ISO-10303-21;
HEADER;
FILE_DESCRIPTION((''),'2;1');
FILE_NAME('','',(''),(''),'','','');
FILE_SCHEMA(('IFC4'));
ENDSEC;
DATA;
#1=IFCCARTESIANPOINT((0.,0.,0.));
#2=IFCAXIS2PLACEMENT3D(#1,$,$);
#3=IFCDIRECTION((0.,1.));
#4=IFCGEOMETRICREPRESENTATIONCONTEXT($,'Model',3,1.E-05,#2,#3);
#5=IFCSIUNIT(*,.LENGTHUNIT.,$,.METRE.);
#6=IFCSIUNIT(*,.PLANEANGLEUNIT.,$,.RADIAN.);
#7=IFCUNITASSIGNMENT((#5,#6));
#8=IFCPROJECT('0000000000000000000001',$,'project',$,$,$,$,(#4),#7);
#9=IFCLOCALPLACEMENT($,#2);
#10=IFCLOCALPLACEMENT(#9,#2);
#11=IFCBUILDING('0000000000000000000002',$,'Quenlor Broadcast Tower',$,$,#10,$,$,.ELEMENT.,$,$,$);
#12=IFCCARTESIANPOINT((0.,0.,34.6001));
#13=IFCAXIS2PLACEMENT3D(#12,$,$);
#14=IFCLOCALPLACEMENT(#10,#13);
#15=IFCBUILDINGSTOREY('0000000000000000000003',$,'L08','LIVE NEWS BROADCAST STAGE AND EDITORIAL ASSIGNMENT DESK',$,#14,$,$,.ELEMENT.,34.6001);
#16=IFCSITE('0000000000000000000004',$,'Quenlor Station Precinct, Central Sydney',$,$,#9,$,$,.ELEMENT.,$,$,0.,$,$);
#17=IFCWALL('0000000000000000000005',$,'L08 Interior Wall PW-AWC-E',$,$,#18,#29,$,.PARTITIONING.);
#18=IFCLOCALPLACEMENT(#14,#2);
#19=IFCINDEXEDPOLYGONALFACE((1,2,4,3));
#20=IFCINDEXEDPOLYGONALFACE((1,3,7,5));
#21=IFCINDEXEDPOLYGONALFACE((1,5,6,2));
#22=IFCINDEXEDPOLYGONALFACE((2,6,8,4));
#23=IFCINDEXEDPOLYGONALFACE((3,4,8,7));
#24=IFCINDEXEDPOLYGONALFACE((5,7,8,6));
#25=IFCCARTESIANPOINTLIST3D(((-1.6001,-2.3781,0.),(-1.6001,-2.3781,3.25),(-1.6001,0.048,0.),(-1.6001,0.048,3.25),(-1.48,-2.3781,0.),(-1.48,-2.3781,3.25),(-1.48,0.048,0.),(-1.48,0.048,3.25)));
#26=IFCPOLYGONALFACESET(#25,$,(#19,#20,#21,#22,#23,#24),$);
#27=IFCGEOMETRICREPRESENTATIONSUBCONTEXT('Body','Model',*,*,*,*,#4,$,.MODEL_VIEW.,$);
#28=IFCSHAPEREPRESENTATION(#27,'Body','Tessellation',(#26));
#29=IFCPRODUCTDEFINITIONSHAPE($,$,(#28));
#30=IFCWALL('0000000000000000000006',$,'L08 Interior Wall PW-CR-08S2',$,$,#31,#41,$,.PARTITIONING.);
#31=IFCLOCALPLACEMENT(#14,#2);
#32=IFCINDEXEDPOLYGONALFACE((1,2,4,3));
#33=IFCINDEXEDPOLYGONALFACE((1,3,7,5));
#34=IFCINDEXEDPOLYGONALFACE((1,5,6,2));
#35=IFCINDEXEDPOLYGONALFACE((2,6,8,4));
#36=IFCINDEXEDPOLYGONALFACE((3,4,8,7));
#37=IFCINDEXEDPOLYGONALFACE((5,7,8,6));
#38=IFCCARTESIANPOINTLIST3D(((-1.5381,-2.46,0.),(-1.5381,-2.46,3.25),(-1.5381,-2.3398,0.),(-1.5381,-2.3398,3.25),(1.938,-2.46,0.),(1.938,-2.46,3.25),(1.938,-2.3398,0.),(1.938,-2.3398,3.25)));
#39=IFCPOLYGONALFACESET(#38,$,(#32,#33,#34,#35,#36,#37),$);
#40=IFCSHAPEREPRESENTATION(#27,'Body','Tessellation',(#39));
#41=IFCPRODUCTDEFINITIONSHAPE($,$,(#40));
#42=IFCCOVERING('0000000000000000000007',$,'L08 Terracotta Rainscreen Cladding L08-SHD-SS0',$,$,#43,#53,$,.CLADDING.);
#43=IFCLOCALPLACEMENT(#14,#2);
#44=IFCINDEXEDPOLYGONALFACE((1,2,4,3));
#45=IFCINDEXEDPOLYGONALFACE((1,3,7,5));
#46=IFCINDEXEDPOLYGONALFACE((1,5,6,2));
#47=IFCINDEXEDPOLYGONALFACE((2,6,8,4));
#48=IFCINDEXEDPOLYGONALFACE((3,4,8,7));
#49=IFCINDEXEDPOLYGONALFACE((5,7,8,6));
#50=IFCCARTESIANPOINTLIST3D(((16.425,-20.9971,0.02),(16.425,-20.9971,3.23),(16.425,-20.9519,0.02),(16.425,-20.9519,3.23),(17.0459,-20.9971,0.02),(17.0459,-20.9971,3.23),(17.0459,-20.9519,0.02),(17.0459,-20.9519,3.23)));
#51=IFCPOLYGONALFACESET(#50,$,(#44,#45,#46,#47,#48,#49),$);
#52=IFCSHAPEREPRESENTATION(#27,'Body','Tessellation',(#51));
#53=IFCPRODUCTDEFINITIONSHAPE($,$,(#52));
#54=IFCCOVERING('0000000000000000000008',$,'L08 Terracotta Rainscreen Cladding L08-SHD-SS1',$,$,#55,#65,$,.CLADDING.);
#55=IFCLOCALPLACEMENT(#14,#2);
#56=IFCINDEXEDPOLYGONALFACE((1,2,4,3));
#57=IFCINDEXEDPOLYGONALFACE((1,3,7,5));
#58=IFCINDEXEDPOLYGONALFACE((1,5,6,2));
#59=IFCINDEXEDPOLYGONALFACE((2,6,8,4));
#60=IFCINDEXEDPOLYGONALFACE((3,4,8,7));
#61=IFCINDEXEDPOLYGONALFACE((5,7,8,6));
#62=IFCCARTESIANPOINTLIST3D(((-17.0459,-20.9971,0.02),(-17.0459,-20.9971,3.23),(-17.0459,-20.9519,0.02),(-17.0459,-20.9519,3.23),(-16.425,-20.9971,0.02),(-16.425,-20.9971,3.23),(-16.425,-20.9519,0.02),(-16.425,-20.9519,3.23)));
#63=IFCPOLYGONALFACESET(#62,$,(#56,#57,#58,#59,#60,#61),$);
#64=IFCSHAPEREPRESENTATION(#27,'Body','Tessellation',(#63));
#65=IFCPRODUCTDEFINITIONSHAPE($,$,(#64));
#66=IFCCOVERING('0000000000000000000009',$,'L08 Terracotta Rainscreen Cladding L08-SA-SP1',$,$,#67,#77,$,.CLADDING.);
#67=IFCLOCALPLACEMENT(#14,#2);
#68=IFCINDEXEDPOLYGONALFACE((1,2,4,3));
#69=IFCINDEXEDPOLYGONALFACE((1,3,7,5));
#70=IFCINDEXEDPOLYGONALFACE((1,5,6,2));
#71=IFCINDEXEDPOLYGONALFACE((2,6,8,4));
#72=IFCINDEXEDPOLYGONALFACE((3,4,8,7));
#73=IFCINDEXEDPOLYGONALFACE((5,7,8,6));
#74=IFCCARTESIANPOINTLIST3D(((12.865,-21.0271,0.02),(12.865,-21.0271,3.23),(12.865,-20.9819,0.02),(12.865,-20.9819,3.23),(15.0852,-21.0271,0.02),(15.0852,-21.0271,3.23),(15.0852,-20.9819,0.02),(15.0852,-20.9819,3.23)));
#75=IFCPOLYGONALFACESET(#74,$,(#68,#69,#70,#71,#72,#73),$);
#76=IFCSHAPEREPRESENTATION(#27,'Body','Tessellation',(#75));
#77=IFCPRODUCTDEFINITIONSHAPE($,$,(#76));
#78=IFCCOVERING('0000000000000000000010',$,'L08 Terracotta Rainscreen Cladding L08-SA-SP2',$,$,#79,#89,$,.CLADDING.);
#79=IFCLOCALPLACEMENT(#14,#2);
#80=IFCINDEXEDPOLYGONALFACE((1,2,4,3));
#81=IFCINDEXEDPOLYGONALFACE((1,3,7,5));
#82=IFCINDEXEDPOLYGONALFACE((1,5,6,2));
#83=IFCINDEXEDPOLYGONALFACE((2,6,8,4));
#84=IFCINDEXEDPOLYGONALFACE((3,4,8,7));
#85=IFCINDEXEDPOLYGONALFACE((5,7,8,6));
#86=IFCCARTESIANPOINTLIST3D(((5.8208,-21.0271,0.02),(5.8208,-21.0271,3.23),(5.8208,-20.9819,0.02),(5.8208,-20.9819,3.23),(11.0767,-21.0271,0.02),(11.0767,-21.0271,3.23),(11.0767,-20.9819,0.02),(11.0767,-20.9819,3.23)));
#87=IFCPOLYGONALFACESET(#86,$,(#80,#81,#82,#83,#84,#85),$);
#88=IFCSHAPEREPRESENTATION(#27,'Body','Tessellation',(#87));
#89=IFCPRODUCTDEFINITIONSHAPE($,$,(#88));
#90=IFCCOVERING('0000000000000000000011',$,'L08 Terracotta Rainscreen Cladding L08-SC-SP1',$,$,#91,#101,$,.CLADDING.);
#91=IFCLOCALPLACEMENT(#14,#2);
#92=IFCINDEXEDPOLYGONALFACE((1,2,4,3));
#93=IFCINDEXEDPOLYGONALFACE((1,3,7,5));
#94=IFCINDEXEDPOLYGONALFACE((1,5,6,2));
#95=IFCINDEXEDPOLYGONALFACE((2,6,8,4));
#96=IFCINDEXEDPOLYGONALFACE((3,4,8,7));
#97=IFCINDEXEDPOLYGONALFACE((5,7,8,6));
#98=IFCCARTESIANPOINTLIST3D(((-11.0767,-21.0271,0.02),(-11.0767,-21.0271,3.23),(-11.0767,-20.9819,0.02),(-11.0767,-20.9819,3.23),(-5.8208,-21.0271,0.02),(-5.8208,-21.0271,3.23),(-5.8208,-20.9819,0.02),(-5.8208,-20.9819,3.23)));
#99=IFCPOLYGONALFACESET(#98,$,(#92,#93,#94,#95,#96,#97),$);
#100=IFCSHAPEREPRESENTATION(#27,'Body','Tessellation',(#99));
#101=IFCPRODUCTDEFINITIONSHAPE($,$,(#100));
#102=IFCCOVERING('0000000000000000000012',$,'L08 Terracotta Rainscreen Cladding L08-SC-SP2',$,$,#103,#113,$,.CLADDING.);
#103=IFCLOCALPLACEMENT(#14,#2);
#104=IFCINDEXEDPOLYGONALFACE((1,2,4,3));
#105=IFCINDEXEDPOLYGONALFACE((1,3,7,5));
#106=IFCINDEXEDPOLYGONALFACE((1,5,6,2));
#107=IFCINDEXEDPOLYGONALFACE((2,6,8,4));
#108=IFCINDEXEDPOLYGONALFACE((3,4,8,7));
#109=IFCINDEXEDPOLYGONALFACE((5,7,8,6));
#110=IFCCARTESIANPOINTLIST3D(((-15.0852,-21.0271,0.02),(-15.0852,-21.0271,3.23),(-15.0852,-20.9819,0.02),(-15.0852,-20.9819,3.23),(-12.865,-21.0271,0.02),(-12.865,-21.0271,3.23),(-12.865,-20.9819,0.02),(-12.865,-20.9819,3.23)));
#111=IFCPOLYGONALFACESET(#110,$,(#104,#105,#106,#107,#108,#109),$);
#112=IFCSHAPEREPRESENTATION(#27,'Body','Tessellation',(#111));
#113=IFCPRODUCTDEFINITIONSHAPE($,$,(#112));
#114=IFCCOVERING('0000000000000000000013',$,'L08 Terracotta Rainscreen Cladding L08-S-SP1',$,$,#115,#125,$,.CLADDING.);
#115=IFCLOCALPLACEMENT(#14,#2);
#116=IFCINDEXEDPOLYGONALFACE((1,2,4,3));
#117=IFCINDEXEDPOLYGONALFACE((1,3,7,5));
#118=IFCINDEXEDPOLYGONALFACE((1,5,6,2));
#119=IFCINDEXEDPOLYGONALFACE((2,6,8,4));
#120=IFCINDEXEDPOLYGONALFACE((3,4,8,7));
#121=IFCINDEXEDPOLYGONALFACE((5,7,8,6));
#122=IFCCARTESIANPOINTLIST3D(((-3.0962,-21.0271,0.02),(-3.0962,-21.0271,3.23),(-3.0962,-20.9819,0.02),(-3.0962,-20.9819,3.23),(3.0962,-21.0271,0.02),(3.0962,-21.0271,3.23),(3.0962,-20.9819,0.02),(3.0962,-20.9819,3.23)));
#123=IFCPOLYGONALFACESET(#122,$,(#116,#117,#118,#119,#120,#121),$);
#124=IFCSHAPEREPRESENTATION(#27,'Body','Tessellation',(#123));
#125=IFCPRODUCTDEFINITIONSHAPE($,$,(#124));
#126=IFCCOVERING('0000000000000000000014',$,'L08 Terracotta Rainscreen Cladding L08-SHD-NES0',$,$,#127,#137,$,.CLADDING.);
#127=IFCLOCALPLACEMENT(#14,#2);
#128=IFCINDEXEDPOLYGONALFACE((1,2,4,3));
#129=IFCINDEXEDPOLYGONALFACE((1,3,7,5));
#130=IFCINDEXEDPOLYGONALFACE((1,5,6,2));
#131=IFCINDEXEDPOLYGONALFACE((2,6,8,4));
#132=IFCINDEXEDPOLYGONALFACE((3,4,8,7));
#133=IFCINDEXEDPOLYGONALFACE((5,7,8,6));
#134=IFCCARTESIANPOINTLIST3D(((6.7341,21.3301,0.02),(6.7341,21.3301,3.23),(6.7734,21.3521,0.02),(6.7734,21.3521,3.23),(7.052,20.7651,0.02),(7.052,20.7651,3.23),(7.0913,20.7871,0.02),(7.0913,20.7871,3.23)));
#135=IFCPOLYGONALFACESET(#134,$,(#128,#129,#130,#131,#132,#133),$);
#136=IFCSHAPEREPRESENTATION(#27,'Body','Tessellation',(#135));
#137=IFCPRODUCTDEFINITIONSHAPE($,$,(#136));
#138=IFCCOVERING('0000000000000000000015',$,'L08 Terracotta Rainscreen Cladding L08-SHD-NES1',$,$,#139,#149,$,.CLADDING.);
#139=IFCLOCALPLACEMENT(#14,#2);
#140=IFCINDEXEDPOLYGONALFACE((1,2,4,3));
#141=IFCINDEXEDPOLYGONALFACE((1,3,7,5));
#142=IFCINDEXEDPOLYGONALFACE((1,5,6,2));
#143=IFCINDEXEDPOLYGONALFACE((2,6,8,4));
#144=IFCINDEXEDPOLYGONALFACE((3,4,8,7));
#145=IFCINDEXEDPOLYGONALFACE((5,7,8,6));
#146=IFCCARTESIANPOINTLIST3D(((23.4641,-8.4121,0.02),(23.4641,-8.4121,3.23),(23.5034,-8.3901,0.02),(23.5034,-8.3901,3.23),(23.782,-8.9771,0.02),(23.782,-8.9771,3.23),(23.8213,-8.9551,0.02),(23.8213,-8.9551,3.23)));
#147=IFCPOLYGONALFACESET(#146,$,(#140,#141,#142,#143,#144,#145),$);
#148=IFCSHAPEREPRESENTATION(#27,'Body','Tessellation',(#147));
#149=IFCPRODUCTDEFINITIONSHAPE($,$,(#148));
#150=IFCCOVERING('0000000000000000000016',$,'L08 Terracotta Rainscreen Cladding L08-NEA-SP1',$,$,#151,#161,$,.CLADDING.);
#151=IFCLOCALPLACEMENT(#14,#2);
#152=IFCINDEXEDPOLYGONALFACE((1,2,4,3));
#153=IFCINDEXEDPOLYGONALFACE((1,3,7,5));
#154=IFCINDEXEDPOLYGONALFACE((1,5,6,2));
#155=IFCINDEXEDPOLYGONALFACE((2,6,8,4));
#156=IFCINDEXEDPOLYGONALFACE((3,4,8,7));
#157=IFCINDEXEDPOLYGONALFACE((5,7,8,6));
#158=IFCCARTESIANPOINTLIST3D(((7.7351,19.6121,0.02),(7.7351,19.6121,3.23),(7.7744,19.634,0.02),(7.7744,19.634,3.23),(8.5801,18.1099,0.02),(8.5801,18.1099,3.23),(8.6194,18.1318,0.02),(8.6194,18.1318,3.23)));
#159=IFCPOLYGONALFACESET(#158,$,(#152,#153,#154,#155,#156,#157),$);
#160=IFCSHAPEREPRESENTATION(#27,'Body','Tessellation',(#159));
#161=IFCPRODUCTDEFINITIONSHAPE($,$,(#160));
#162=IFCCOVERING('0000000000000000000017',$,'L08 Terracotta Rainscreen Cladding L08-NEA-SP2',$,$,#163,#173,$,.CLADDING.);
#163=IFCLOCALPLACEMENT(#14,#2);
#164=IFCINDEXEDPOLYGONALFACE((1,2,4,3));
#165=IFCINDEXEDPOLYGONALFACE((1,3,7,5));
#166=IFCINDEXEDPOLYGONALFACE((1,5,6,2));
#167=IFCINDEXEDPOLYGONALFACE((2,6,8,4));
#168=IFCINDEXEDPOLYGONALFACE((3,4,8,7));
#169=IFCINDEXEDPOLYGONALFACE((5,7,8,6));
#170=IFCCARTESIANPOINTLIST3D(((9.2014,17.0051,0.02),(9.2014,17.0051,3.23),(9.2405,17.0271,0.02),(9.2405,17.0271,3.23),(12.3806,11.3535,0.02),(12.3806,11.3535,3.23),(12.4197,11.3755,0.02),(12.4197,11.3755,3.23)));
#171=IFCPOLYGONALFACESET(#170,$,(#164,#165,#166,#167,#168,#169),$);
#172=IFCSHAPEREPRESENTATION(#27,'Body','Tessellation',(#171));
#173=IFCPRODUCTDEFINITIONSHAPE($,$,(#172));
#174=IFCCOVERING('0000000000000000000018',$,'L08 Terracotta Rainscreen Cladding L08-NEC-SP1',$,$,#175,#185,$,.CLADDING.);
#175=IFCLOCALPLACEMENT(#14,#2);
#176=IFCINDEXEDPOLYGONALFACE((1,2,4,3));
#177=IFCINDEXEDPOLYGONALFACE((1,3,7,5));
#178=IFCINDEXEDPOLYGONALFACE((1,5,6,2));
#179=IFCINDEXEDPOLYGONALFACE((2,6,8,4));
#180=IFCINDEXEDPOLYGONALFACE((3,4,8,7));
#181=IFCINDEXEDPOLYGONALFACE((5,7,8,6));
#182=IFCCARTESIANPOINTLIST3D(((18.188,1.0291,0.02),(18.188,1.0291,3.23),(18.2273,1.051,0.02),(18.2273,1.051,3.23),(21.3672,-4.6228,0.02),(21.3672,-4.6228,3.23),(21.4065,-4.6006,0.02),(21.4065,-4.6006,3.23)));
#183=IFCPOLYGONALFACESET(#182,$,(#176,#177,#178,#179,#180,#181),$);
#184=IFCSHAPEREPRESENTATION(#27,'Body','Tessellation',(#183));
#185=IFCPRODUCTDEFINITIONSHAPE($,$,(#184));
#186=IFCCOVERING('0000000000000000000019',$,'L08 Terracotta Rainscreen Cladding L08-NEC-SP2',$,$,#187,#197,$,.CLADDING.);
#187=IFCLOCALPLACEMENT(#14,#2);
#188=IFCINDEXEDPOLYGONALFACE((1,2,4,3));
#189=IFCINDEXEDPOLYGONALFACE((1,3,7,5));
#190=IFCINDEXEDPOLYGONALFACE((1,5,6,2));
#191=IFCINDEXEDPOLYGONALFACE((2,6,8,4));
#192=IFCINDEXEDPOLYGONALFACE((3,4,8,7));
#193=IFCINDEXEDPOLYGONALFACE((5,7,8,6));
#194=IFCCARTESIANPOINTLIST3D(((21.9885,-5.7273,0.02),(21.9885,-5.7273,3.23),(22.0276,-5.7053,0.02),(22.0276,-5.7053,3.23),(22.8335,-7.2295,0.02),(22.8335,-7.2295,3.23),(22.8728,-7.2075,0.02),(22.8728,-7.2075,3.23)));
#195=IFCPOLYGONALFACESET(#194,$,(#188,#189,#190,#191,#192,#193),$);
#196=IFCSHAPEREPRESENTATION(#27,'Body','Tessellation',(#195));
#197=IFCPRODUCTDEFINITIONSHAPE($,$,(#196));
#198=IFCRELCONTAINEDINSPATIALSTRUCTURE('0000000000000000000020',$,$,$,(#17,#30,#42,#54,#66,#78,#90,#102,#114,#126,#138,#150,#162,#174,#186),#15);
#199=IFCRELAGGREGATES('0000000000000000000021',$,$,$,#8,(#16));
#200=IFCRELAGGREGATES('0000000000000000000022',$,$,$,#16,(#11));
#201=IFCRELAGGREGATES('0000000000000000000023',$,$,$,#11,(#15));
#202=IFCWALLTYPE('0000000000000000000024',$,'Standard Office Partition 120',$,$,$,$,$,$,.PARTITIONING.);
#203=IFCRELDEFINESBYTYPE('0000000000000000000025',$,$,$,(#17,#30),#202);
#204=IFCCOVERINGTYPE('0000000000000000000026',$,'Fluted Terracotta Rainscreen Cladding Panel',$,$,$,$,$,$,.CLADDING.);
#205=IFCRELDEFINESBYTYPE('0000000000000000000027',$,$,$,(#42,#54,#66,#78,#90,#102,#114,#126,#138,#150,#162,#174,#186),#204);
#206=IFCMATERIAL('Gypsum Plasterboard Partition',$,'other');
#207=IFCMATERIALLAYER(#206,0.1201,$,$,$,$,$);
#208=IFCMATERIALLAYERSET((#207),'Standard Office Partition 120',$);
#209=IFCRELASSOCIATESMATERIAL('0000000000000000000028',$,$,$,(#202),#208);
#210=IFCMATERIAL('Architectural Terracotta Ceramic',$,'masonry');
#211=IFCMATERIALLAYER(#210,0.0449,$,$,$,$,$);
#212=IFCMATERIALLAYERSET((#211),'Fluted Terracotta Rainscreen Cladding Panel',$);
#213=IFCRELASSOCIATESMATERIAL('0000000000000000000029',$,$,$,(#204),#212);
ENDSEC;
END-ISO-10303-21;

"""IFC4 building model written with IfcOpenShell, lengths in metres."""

from ifc_helpers import new_model, si_unit, direction, frame, frame_2d, origin, place, context, subcontext, project, spatial, polyline, rectangle, outline, extrude, material, layer, layer_set, type_object, element, save


model = new_model("IFC4")

# Units and contexts
model_context = context("Model", 3, precision=1e-05, world=origin(), true_north=direction((0.0, 1.0)))
body_context = subcontext(model_context, "Body", "Model", "MODEL_VIEW")
ifc_project = project(units=[si_unit("LENGTHUNIT", "METRE"), si_unit("PLANEANGLEUNIT", "RADIAN")], contexts=[model_context])

# Site, building, storey
site_placement = place(None, origin())
site = spatial("IfcSite", under=ifc_project, at=site_placement, Name="Quenlor Station Precinct, Central Sydney", CompositionType="ELEMENT", RefElevation=0.0)
building_placement = place(site_placement, origin())
building = spatial("IfcBuilding", under=site, at=building_placement, Name="Quenlor Broadcast Tower", CompositionType="ELEMENT")
storey_placement = place(building_placement, frame((0.0, 0.0, 34.6001)))
storey = spatial("IfcBuildingStorey", under=building, at=storey_placement, Name="L08", Description="LIVE NEWS BROADCAST STAGE AND EDITORIAL ASSIGNMENT DESK", CompositionType="ELEMENT", Elevation=34.6001)

# Walls
ifc_material_1 = material(Name="Gypsum Plasterboard Partition", Category="other")
ifc_layer_1 = layer(ifc_material_1, 0.1201)
ifc_layer_set_1 = layer_set([ifc_layer_1], Name="Standard Office Partition 120")
wall_type = type_object("IfcWallType", Name="Standard Office Partition 120", PredefinedType="PARTITIONING", material=ifc_layer_set_1)
wall_1_placement = place(storey_placement, frame((-1.54, -2.3779, 0.0), z_axis=(0.0, 0.0, 1.0), x_axis=(0.0, 1.0, 0.0)))
element("IfcWall", 1, at=wall_1_placement, inside=storey, type_object=wall_type, Name="L08 Interior Wall PW-AWC-E", PredefinedType="PARTITIONING", context=body_context, shape_type="SweptSolid", body=[
    extrude(rectangle(XDim=2.426, YDim=0.1201, at=frame_2d((1.2129, 0.0))), origin(), (0.0, 0.0, 1.0), 3.25),
])
wall_2_placement = place(storey_placement, frame((-1.5381, -2.3999, 0.0), z_axis=(0.0, 0.0, 1.0), x_axis=(1.0, 0.0, 0.0)))
element("IfcWall", 2, at=wall_2_placement, inside=storey, type_object=wall_type, Name="L08 Interior Wall PW-CR-08S2", PredefinedType="PARTITIONING", context=body_context, shape_type="SweptSolid", body=[
    extrude(rectangle(XDim=3.4761, YDim=0.1201, at=frame_2d((1.738, 0.0))), origin(), (0.0, 0.0, 1.0), 3.25),
])

# Coverings
ifc_material_2 = material(Name="Architectural Terracotta Ceramic", Category="masonry")
ifc_layer_2 = layer(ifc_material_2, 0.0449)
ifc_layer_set_2 = layer_set([ifc_layer_2], Name="Fluted Terracotta Rainscreen Cladding Panel")
covering_type = type_object("IfcCoveringType", Name="Fluted Terracotta Rainscreen Cladding Panel", PredefinedType="CLADDING", material=ifc_layer_set_2)
covering_1_placement = place(storey_placement, frame((0.0, 0.0, 0.02)))
element("IfcCovering", 3, at=covering_1_placement, inside=storey, type_object=covering_type, Name="L08 Terracotta Rainscreen Cladding L08-SHD-SS0", PredefinedType="CLADDING", context=body_context, shape_type="SweptSolid", body=[
    extrude(outline(polyline([(17.0459, -20.9519), (16.425, -20.9519), (16.425, -20.9971), (17.0459, -20.9971), (17.0459, -20.9519)])), origin(), (0.0, 0.0, 1.0), 3.21),
])
covering_2_placement = place(storey_placement, frame((0.0, 0.0, 0.02)))
element("IfcCovering", 4, at=covering_2_placement, inside=storey, type_object=covering_type, Name="L08 Terracotta Rainscreen Cladding L08-SHD-SS1", PredefinedType="CLADDING", context=body_context, shape_type="SweptSolid", body=[
    extrude(outline(polyline([(-16.425, -20.9519), (-17.0459, -20.9519), (-17.0459, -20.9971), (-16.425, -20.9971), (-16.425, -20.9519)])), origin(), (0.0, 0.0, 1.0), 3.21),
])
covering_3_placement = place(storey_placement, frame((0.0, 0.0, 0.02)))
element("IfcCovering", 5, at=covering_3_placement, inside=storey, type_object=covering_type, Name="L08 Terracotta Rainscreen Cladding L08-SA-SP1", PredefinedType="CLADDING", context=body_context, shape_type="SweptSolid", body=[
    extrude(outline(polyline([(15.0852, -20.9819), (12.865, -20.9819), (12.865, -21.0271), (15.0852, -21.0271), (15.0852, -20.9819)])), origin(), (0.0, 0.0, 1.0), 3.21),
])
covering_4_placement = place(storey_placement, frame((0.0, 0.0, 0.02)))
element("IfcCovering", 6, at=covering_4_placement, inside=storey, type_object=covering_type, Name="L08 Terracotta Rainscreen Cladding L08-SA-SP2", PredefinedType="CLADDING", context=body_context, shape_type="SweptSolid", body=[
    extrude(outline(polyline([(11.0767, -20.9819), (5.8208, -20.9819), (5.8208, -21.0271), (11.0767, -21.0271), (11.0767, -20.9819)])), origin(), (0.0, 0.0, 1.0), 3.21),
])
covering_5_placement = place(storey_placement, frame((0.0, 0.0, 0.02)))
element("IfcCovering", 7, at=covering_5_placement, inside=storey, type_object=covering_type, Name="L08 Terracotta Rainscreen Cladding L08-SC-SP1", PredefinedType="CLADDING", context=body_context, shape_type="SweptSolid", body=[
    extrude(outline(polyline([(-5.8208, -20.9819), (-11.0767, -20.9819), (-11.0767, -21.0271), (-5.8208, -21.0271), (-5.8208, -20.9819)])), origin(), (0.0, 0.0, 1.0), 3.21),
])
covering_6_placement = place(storey_placement, frame((0.0, 0.0, 0.02)))
element("IfcCovering", 8, at=covering_6_placement, inside=storey, type_object=covering_type, Name="L08 Terracotta Rainscreen Cladding L08-SC-SP2", PredefinedType="CLADDING", context=body_context, shape_type="SweptSolid", body=[
    extrude(outline(polyline([(-12.865, -20.9819), (-15.0852, -20.9819), (-15.0852, -21.0271), (-12.865, -21.0271), (-12.865, -20.9819)])), origin(), (0.0, 0.0, 1.0), 3.21),
])
covering_7_placement = place(storey_placement, frame((0.0, 0.0, 0.02)))
element("IfcCovering", 9, at=covering_7_placement, inside=storey, type_object=covering_type, Name="L08 Terracotta Rainscreen Cladding L08-S-SP1", PredefinedType="CLADDING", context=body_context, shape_type="SweptSolid", body=[
    extrude(outline(polyline([(3.0962, -20.9819), (-3.0962, -20.9819), (-3.0962, -21.0271), (3.0962, -21.0271), (3.0962, -20.9819)])), origin(), (0.0, 0.0, 1.0), 3.21),
])
covering_8_placement = place(storey_placement, frame((0.0, 0.0, 0.02)))
element("IfcCovering", 10, at=covering_8_placement, inside=storey, type_object=covering_type, Name="L08 Terracotta Rainscreen Cladding L08-SHD-NES0", PredefinedType="CLADDING", context=body_context, shape_type="SweptSolid", body=[
    extrude(outline(polyline([(6.7341, 21.3301), (7.052, 20.7651), (7.0913, 20.7871), (6.7734, 21.3521), (6.7341, 21.3301)])), origin(), (0.0, 0.0, 1.0), 3.21),
])
covering_9_placement = place(storey_placement, frame((0.0, 0.0, 0.02)))
element("IfcCovering", 11, at=covering_9_placement, inside=storey, type_object=covering_type, Name="L08 Terracotta Rainscreen Cladding L08-SHD-NES1", PredefinedType="CLADDING", context=body_context, shape_type="SweptSolid", body=[
    extrude(outline(polyline([(23.4641, -8.4121), (23.782, -8.9771), (23.8213, -8.9551), (23.5034, -8.3901), (23.4641, -8.4121)])), origin(), (0.0, 0.0, 1.0), 3.21),
])
covering_10_placement = place(storey_placement, frame((0.0, 0.0, 0.02)))
element("IfcCovering", 12, at=covering_10_placement, inside=storey, type_object=covering_type, Name="L08 Terracotta Rainscreen Cladding L08-NEA-SP1", PredefinedType="CLADDING", context=body_context, shape_type="SweptSolid", body=[
    extrude(outline(polyline([(7.7351, 19.6121), (8.5801, 18.1099), (8.6194, 18.1318), (7.7744, 19.634), (7.7351, 19.6121)])), origin(), (0.0, 0.0, 1.0), 3.21),
])
covering_11_placement = place(storey_placement, frame((0.0, 0.0, 0.02)))
element("IfcCovering", 13, at=covering_11_placement, inside=storey, type_object=covering_type, Name="L08 Terracotta Rainscreen Cladding L08-NEA-SP2", PredefinedType="CLADDING", context=body_context, shape_type="SweptSolid", body=[
    extrude(outline(polyline([(9.2014, 17.0051), (12.3806, 11.3535), (12.4197, 11.3755), (9.2405, 17.0271), (9.2014, 17.0051)])), origin(), (0.0, 0.0, 1.0), 3.21),
])
covering_12_placement = place(storey_placement, frame((0.0, 0.0, 0.02)))
element("IfcCovering", 14, at=covering_12_placement, inside=storey, type_object=covering_type, Name="L08 Terracotta Rainscreen Cladding L08-NEC-SP1", PredefinedType="CLADDING", context=body_context, shape_type="SweptSolid", body=[
    extrude(outline(polyline([(18.188, 1.0291), (21.3672, -4.6228), (21.4065, -4.6006), (18.2273, 1.051), (18.188, 1.0291)])), origin(), (0.0, 0.0, 1.0), 3.21),
])
covering_13_placement = place(storey_placement, frame((0.0, 0.0, 0.02)))
element("IfcCovering", 15, at=covering_13_placement, inside=storey, type_object=covering_type, Name="L08 Terracotta Rainscreen Cladding L08-NEC-SP2", PredefinedType="CLADDING", context=body_context, shape_type="SweptSolid", body=[
    extrude(outline(polyline([(21.9885, -5.7273), (22.8335, -7.2295), (22.8728, -7.2075), (22.0276, -5.7053), (21.9885, -5.7273)])), origin(), (0.0, 0.0, 1.0), 3.21),
])

save(model, "model.ifc")
